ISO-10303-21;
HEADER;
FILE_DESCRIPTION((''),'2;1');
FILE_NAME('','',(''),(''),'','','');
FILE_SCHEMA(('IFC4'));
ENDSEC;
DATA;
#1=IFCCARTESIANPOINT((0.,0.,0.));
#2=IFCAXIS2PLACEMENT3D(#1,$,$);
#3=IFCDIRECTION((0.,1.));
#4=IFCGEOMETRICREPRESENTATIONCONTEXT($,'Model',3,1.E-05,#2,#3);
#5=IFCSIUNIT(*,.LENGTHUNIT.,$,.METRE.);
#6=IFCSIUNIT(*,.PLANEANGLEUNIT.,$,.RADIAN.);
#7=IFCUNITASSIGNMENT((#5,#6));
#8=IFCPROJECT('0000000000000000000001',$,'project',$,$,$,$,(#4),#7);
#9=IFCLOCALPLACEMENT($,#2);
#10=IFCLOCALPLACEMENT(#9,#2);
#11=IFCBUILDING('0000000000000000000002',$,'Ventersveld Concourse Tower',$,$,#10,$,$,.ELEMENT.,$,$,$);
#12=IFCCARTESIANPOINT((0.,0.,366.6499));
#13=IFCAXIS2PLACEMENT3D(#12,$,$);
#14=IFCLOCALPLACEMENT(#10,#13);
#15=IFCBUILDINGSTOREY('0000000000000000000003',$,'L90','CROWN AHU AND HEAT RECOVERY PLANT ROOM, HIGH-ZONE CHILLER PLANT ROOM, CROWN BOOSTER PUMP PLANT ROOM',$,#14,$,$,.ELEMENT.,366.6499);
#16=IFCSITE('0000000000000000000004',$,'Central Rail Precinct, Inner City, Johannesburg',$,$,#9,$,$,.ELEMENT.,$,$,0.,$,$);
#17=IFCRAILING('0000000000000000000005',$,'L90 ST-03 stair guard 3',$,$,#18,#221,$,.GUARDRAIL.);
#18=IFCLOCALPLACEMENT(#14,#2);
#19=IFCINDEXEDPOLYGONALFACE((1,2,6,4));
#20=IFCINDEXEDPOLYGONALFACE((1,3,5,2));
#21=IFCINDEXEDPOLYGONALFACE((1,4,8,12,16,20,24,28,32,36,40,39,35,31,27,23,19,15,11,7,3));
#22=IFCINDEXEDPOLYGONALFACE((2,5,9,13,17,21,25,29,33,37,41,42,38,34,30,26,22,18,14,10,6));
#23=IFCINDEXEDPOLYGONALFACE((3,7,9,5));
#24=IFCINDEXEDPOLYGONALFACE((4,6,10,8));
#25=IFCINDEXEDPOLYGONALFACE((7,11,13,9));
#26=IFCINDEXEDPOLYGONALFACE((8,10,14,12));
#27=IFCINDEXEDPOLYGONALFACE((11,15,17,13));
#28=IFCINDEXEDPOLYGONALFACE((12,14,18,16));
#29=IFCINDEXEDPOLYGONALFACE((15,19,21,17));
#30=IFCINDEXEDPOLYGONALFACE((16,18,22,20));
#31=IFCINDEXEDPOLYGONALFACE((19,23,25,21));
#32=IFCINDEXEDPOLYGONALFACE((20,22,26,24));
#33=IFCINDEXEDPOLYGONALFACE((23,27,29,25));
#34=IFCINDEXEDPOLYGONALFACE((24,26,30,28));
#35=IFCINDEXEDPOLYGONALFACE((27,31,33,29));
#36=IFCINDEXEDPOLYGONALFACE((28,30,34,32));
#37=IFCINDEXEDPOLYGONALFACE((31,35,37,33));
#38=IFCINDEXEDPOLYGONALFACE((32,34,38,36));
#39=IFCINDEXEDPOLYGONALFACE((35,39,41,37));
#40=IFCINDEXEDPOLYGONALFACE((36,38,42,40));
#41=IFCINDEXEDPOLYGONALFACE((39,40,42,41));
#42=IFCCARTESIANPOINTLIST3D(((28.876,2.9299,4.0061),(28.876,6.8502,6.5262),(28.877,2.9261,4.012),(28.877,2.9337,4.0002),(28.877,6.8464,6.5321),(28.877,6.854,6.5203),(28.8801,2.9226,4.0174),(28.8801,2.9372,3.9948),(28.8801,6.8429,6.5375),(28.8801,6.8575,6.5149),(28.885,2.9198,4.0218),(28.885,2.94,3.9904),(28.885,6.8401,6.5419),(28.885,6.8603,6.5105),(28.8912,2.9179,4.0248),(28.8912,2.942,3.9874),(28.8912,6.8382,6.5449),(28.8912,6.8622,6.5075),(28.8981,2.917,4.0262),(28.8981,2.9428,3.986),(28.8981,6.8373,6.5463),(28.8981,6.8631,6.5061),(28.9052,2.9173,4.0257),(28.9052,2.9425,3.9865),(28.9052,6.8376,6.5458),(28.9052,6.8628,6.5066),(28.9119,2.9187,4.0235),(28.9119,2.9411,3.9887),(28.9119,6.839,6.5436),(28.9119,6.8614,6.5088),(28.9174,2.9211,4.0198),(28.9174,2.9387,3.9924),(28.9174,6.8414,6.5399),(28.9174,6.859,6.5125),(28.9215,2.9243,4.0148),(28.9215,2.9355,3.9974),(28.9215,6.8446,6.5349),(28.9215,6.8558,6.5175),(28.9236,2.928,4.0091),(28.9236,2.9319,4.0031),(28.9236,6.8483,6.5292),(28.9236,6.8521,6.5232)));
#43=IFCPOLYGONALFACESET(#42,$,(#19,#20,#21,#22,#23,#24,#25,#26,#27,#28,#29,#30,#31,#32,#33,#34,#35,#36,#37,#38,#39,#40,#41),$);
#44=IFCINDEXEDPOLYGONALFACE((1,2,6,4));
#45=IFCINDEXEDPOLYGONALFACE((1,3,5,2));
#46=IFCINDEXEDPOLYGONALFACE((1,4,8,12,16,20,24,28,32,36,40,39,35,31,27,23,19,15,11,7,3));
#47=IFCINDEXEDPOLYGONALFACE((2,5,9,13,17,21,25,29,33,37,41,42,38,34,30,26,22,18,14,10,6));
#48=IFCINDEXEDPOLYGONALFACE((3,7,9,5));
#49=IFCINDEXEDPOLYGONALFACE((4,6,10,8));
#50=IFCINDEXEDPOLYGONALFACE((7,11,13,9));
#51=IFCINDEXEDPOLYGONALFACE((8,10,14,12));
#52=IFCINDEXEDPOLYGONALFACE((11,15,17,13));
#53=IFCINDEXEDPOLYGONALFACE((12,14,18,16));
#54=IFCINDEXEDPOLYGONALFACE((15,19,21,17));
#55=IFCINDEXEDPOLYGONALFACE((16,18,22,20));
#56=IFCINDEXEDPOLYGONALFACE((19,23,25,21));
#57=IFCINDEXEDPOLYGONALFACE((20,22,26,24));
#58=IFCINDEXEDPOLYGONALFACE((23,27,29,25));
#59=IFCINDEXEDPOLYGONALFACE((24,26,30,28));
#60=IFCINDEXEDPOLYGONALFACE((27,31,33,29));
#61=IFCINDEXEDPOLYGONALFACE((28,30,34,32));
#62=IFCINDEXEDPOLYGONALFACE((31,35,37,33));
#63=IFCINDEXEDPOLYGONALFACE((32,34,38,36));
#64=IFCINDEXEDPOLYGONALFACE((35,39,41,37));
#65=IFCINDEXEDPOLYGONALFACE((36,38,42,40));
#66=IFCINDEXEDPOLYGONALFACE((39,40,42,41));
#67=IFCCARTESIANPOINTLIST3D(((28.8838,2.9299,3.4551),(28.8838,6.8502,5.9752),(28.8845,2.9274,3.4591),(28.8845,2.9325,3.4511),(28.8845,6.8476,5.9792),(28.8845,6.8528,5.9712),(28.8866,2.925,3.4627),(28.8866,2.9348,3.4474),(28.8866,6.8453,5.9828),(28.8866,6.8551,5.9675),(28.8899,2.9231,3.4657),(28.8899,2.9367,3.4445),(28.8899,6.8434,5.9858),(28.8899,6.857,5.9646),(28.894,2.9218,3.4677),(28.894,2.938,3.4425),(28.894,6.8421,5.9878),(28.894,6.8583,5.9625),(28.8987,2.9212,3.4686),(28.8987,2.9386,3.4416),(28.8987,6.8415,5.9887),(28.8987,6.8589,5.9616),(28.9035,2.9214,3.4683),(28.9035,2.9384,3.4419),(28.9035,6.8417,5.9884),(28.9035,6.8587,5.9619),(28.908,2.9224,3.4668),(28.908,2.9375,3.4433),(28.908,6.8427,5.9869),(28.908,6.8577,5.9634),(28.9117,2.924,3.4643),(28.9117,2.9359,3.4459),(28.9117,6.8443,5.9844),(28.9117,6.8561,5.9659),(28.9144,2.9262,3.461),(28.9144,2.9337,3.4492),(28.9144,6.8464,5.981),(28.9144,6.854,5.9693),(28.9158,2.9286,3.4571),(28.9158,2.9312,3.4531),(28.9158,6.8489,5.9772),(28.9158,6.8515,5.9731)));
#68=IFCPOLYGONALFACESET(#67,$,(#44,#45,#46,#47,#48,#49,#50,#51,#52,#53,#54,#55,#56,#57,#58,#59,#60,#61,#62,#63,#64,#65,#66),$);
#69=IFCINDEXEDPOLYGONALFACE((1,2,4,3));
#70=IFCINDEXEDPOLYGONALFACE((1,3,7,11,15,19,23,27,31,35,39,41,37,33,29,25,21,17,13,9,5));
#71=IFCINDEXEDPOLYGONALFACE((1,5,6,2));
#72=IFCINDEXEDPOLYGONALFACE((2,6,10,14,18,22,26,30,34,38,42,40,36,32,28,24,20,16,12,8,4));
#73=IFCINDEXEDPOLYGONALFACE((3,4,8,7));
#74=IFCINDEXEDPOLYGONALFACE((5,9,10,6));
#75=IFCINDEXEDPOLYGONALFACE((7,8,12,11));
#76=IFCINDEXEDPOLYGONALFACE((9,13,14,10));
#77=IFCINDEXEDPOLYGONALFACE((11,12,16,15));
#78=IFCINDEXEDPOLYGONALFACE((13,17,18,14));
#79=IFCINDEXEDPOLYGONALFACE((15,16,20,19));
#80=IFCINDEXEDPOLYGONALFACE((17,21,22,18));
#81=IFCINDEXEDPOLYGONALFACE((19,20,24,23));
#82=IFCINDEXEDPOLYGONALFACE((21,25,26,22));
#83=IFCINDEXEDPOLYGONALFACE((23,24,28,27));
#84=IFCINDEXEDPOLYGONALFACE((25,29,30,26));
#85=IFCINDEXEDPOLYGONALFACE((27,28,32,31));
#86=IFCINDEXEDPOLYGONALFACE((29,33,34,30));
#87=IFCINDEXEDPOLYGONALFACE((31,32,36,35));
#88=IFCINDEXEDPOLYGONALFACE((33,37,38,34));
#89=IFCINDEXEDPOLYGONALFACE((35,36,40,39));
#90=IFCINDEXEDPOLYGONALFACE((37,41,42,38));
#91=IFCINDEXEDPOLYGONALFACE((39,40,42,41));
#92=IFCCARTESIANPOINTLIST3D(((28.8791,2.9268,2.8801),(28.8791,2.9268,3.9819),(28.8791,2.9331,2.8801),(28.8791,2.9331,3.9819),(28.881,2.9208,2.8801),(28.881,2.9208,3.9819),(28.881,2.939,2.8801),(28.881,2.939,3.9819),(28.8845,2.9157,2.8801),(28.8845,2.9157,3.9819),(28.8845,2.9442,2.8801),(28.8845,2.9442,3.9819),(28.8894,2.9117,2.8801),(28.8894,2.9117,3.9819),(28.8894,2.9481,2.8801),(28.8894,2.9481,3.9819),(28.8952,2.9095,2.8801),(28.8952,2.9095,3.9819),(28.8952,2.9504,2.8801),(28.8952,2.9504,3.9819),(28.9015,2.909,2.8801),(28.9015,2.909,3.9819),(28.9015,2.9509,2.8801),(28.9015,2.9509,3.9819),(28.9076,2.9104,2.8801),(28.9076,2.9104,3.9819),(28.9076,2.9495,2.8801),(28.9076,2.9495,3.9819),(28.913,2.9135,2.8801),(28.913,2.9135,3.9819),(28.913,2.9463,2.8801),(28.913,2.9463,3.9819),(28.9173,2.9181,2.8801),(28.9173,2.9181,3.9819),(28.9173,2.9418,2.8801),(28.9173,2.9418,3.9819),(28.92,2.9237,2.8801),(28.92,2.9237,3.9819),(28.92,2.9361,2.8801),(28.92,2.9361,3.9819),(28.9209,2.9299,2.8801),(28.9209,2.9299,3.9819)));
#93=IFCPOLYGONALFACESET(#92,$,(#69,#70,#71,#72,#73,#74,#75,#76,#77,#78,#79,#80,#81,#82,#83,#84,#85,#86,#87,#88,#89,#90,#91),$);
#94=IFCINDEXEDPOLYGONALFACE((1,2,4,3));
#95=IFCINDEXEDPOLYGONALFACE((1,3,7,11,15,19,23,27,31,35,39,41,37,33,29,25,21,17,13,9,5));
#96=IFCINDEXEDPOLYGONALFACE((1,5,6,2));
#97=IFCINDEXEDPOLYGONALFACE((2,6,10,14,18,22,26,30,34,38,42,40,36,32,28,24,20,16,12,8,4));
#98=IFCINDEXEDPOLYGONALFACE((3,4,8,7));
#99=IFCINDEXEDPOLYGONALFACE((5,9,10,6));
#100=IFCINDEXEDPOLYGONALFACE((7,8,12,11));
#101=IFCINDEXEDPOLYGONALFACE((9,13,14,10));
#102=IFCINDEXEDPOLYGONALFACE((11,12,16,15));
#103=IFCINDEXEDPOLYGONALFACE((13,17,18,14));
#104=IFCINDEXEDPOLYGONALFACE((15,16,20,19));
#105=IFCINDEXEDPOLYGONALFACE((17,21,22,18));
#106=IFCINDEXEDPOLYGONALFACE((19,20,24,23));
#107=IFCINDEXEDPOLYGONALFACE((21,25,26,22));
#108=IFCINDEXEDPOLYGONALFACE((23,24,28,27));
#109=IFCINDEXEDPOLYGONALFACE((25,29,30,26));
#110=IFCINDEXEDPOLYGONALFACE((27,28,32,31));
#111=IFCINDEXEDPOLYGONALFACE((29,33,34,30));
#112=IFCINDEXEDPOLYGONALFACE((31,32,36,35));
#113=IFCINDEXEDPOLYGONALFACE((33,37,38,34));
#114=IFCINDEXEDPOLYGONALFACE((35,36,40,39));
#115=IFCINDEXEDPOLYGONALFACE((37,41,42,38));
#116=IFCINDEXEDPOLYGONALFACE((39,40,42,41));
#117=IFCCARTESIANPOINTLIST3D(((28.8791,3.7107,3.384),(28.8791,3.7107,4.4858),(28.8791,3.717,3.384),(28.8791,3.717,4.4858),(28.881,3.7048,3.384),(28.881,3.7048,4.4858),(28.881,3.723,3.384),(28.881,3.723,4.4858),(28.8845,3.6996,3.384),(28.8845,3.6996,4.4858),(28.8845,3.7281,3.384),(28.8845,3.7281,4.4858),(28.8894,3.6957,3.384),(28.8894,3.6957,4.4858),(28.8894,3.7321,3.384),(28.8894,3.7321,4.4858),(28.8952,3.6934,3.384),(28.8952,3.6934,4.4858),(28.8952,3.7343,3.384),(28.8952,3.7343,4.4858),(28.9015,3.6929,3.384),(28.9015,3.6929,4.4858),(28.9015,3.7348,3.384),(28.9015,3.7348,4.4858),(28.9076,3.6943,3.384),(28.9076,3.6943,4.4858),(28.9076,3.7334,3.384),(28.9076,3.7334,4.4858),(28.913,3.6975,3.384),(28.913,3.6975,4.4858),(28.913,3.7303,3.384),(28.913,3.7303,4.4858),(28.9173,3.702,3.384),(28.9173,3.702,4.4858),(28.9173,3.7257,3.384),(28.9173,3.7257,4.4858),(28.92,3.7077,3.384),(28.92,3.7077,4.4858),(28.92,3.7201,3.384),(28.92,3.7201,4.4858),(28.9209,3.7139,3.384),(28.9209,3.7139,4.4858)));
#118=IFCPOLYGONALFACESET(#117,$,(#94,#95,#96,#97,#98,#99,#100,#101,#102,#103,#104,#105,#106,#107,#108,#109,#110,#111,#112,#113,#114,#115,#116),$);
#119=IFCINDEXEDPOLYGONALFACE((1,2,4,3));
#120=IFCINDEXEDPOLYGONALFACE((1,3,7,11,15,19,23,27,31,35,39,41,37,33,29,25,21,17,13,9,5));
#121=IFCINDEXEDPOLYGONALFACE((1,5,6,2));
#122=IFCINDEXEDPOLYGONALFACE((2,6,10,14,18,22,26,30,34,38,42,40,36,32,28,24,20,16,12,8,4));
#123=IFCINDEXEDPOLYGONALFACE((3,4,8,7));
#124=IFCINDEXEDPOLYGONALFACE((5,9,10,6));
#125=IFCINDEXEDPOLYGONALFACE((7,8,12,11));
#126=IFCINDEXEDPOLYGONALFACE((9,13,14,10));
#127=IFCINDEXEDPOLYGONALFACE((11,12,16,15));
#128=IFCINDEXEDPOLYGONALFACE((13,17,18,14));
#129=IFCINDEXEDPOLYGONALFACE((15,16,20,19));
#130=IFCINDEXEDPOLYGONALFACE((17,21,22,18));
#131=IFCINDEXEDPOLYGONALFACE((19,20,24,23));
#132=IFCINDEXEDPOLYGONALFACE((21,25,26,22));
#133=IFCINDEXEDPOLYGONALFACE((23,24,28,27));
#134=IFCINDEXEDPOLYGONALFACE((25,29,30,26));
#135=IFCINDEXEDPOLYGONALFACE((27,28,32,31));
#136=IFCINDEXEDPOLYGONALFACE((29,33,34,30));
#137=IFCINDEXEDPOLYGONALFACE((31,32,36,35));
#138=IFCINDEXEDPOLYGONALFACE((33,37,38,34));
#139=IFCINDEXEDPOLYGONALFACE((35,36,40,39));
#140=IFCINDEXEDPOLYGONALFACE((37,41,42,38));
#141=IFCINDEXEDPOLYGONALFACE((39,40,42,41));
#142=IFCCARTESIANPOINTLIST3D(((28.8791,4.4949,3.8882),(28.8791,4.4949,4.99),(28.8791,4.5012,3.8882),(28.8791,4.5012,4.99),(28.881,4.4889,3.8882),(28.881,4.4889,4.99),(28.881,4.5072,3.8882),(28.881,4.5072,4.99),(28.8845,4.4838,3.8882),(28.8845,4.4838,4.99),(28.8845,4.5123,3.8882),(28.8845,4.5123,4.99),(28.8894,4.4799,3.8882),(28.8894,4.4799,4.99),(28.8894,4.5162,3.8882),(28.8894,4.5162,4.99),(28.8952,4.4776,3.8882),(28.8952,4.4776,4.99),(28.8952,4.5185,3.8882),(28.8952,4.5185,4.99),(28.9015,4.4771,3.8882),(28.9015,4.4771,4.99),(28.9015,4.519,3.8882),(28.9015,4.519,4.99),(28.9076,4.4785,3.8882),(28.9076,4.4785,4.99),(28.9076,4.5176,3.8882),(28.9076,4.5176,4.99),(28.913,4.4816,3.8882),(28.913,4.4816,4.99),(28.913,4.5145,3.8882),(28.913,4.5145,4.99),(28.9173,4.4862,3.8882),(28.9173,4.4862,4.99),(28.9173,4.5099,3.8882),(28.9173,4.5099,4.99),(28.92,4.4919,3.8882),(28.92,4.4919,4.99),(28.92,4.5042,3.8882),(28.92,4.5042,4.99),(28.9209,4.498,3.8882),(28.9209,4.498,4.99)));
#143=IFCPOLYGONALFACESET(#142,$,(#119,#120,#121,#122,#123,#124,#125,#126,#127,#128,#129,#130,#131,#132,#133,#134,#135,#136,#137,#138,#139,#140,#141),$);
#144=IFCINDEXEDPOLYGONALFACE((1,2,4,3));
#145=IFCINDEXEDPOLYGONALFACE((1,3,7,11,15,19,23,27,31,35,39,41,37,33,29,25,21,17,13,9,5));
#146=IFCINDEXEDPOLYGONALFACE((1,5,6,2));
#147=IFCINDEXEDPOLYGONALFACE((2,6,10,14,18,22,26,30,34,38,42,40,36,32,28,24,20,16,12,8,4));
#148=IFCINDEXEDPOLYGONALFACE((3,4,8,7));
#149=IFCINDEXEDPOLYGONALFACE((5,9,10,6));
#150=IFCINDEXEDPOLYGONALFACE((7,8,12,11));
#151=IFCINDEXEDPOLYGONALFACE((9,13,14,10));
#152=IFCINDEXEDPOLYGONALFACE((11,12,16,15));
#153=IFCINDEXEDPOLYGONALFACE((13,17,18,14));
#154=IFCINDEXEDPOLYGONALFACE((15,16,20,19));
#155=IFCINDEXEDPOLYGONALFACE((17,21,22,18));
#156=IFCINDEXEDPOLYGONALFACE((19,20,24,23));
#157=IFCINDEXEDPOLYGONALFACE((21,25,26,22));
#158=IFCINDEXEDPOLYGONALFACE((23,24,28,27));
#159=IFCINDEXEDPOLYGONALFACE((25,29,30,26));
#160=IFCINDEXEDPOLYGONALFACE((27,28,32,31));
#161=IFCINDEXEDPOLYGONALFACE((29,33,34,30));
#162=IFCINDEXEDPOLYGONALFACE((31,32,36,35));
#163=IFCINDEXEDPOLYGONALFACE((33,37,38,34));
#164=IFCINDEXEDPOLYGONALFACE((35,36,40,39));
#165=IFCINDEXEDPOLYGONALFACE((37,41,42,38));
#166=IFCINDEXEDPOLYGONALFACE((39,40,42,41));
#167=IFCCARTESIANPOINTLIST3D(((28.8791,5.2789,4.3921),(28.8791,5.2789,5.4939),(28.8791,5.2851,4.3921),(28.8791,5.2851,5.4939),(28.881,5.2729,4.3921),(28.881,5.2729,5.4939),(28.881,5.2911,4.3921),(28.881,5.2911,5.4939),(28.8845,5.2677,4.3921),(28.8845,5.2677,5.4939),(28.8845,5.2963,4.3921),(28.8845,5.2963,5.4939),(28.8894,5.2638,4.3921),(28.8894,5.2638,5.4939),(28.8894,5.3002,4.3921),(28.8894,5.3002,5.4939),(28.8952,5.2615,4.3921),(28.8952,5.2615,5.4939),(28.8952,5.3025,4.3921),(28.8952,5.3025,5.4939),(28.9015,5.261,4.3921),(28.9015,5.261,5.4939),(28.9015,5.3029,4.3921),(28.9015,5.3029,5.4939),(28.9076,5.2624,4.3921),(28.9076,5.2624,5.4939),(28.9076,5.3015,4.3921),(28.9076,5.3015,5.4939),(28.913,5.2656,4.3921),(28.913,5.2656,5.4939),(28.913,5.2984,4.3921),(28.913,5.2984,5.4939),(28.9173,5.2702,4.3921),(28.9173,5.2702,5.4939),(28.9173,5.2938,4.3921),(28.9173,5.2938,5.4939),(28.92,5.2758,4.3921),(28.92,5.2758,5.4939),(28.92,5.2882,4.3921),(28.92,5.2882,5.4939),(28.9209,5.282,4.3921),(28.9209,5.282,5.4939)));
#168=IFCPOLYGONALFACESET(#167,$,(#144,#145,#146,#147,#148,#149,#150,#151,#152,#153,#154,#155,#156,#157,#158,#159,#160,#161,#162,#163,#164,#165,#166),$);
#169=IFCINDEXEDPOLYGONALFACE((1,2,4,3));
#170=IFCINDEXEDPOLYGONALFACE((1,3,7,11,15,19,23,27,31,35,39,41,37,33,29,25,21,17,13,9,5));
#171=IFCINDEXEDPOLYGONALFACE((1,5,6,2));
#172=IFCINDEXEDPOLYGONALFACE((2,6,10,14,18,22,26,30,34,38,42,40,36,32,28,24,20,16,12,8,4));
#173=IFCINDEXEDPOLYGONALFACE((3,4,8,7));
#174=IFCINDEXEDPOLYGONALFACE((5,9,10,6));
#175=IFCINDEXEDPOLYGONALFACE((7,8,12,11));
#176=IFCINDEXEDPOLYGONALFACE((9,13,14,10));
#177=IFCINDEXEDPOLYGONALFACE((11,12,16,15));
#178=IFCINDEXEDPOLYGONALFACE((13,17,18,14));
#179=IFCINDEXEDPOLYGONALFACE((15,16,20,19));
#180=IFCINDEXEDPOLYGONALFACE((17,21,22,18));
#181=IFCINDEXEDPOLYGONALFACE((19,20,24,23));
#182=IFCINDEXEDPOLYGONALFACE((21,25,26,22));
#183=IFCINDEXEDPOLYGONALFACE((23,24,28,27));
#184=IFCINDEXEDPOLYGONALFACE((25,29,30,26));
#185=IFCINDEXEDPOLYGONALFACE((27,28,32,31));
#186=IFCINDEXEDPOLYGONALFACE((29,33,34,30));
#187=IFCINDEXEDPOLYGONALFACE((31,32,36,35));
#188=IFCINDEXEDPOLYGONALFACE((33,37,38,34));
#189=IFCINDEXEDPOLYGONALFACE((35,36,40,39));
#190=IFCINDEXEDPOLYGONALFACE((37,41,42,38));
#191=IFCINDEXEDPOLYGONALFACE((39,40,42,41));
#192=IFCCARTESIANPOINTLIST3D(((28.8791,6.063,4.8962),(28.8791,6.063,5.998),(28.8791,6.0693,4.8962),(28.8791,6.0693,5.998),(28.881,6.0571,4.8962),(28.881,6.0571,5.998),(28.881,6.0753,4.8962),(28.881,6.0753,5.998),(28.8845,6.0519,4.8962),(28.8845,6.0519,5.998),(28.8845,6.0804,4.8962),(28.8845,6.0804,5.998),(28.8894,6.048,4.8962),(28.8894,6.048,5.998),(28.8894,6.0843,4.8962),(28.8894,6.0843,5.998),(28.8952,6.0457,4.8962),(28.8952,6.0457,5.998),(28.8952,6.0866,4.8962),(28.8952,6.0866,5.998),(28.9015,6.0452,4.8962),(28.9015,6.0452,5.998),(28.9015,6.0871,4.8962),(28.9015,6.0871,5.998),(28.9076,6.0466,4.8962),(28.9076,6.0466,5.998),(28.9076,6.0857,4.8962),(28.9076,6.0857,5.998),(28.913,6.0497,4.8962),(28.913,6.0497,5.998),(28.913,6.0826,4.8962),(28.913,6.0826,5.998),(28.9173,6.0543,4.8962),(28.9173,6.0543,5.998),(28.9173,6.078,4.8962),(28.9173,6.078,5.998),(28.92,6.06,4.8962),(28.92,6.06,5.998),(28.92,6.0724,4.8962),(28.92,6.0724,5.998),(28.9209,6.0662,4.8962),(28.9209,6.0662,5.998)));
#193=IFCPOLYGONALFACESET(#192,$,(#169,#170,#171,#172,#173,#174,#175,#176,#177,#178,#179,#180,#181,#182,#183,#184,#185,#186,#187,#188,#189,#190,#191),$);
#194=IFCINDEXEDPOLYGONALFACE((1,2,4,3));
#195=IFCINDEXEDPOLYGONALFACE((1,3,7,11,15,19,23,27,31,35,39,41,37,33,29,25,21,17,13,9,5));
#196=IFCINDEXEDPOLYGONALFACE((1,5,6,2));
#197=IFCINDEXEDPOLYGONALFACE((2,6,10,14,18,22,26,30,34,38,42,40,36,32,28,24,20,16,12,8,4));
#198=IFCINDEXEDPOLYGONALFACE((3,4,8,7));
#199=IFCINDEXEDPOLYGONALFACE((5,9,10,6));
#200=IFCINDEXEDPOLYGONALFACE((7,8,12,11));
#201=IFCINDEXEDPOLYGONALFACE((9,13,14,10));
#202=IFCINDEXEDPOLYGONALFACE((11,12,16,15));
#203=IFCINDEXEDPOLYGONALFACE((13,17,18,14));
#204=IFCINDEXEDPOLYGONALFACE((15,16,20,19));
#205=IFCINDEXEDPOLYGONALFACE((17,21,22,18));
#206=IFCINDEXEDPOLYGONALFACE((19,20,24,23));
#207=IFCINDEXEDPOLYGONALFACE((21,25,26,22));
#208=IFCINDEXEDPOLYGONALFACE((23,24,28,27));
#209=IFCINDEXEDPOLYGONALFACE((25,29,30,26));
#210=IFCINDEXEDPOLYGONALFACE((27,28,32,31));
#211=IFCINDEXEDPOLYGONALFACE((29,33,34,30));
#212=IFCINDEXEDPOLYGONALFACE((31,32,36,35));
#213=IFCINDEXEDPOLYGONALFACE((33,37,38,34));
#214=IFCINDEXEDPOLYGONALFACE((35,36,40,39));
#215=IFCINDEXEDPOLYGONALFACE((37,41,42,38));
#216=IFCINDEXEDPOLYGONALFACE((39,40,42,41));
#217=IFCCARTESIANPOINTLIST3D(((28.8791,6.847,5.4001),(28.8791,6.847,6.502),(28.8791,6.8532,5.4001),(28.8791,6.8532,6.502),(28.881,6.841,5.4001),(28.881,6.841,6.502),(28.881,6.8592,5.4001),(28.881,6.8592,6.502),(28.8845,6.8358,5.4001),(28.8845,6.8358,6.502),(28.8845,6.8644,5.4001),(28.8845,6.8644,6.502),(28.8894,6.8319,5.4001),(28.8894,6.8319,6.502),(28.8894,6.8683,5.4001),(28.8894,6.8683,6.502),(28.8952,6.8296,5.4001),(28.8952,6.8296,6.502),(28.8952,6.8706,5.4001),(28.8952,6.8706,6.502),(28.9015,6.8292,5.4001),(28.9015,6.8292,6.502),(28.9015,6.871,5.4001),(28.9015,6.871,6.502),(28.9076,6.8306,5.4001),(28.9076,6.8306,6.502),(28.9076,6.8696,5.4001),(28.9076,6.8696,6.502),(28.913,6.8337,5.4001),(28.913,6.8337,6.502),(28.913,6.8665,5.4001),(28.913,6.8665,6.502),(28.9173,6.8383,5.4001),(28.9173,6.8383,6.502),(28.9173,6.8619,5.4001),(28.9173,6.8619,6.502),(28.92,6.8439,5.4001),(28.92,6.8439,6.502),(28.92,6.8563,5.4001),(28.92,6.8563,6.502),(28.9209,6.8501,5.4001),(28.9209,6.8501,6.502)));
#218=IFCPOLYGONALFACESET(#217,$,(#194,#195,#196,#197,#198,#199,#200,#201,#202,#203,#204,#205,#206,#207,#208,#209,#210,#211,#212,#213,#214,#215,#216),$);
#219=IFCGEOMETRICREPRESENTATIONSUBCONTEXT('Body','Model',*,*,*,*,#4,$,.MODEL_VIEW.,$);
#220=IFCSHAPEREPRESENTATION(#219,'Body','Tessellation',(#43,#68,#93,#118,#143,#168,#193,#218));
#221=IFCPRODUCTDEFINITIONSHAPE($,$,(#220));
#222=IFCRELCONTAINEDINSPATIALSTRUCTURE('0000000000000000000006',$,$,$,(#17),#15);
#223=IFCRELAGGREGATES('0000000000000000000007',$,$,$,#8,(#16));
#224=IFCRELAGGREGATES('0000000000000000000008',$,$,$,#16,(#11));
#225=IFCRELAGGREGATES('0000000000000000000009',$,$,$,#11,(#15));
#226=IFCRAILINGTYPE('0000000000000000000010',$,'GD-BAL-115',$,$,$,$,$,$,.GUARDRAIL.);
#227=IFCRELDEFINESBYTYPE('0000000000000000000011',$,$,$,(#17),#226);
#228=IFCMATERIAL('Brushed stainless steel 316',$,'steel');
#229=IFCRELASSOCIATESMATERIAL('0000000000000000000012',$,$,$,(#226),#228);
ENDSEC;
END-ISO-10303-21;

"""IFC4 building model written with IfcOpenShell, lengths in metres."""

from ifc_helpers import new_model, si_unit, direction, frame, origin, origin_2d, place, context, subcontext, project, spatial, circle, extrude, material, type_object, element, save


model = new_model("IFC4")

# Units and contexts
model_context = context("Model", 3, precision=1e-05, world=origin(), true_north=direction((0.0, 1.0)))
body_context = subcontext(model_context, "Body", "Model", "MODEL_VIEW")
ifc_project = project(units=[si_unit("LENGTHUNIT", "METRE"), si_unit("PLANEANGLEUNIT", "RADIAN")], contexts=[model_context])

# Site, building, storey
site_placement = place(None, origin())
site = spatial("IfcSite", under=ifc_project, at=site_placement, Name="Central Rail Precinct, Inner City, Johannesburg", CompositionType="ELEMENT", RefElevation=0.0)
building_placement = place(site_placement, origin())
building = spatial("IfcBuilding", under=site, at=building_placement, Name="Ventersveld Concourse Tower", CompositionType="ELEMENT")
storey_placement = place(building_placement, frame((0.0, 0.0, 366.6499)))
storey = spatial("IfcBuildingStorey", under=building, at=storey_placement, Name="L90", Description="CROWN AHU AND HEAT RECOVERY PLANT ROOM, HIGH-ZONE CHILLER PLANT ROOM, CROWN BOOSTER PUMP PLANT ROOM", CompositionType="ELEMENT", Elevation=366.6499)

# Shared definitions
ifc_material_1 = material(Name="Brushed stainless steel 316", Category="steel")

# Railing
railing_type_1 = type_object("IfcRailingType", Name="GD-BAL-115", PredefinedType="GUARDRAIL", material=ifc_material_1)
railing_1_placement = place(storey_placement, frame((28.8999, 2.9299, 2.8801)))
element("IfcRailing", 1, at=railing_1_placement, inside=storey, type_object=railing_type_1, Name="L90 ST-03 stair guard 3", PredefinedType="GUARDRAIL", context=body_context, shape_type="SweptSolid", body=[
    extrude(circle(Radius=0.0239, at=origin_2d()), frame((0.0, 0.0, 1.126), z_axis=(0.0, 0.841187, 0.540744), x_axis=(-1.0, 0.0, 0.0)), (0.0, 0.0, 1.0), 4.6604),
    extrude(circle(Radius=0.0161, at=origin_2d()), frame((0.0, 0.0, 0.575), z_axis=(0.0, 0.841187, 0.540744), x_axis=(-1.0, 0.0, 0.0)), (0.0, 0.0, 1.0), 4.6604),
    extrude(circle(Radius=0.021, at=origin_2d()), origin(), (0.0, 0.0, 1.0), 1.1018),
    extrude(circle(Radius=0.021, at=origin_2d()), frame((0.0, 0.7839, 0.5039)), (0.0, 0.0, 1.0), 1.1018),
    extrude(circle(Radius=0.021, at=origin_2d()), frame((0.0, 1.5681, 1.0081)), (0.0, 0.0, 1.0), 1.1018),
    extrude(circle(Radius=0.021, at=origin_2d()), frame((0.0, 2.3521, 1.512)), (0.0, 0.0, 1.0), 1.1018),
    extrude(circle(Radius=0.021, at=origin_2d()), frame((0.0, 3.1362, 2.0161)), (0.0, 0.0, 1.0), 1.1018),
    extrude(circle(Radius=0.021, at=origin_2d()), frame((0.0, 3.9202, 2.52)), (0.0, 0.0, 1.0), 1.1018),
])

save(model, "model.ifc")
